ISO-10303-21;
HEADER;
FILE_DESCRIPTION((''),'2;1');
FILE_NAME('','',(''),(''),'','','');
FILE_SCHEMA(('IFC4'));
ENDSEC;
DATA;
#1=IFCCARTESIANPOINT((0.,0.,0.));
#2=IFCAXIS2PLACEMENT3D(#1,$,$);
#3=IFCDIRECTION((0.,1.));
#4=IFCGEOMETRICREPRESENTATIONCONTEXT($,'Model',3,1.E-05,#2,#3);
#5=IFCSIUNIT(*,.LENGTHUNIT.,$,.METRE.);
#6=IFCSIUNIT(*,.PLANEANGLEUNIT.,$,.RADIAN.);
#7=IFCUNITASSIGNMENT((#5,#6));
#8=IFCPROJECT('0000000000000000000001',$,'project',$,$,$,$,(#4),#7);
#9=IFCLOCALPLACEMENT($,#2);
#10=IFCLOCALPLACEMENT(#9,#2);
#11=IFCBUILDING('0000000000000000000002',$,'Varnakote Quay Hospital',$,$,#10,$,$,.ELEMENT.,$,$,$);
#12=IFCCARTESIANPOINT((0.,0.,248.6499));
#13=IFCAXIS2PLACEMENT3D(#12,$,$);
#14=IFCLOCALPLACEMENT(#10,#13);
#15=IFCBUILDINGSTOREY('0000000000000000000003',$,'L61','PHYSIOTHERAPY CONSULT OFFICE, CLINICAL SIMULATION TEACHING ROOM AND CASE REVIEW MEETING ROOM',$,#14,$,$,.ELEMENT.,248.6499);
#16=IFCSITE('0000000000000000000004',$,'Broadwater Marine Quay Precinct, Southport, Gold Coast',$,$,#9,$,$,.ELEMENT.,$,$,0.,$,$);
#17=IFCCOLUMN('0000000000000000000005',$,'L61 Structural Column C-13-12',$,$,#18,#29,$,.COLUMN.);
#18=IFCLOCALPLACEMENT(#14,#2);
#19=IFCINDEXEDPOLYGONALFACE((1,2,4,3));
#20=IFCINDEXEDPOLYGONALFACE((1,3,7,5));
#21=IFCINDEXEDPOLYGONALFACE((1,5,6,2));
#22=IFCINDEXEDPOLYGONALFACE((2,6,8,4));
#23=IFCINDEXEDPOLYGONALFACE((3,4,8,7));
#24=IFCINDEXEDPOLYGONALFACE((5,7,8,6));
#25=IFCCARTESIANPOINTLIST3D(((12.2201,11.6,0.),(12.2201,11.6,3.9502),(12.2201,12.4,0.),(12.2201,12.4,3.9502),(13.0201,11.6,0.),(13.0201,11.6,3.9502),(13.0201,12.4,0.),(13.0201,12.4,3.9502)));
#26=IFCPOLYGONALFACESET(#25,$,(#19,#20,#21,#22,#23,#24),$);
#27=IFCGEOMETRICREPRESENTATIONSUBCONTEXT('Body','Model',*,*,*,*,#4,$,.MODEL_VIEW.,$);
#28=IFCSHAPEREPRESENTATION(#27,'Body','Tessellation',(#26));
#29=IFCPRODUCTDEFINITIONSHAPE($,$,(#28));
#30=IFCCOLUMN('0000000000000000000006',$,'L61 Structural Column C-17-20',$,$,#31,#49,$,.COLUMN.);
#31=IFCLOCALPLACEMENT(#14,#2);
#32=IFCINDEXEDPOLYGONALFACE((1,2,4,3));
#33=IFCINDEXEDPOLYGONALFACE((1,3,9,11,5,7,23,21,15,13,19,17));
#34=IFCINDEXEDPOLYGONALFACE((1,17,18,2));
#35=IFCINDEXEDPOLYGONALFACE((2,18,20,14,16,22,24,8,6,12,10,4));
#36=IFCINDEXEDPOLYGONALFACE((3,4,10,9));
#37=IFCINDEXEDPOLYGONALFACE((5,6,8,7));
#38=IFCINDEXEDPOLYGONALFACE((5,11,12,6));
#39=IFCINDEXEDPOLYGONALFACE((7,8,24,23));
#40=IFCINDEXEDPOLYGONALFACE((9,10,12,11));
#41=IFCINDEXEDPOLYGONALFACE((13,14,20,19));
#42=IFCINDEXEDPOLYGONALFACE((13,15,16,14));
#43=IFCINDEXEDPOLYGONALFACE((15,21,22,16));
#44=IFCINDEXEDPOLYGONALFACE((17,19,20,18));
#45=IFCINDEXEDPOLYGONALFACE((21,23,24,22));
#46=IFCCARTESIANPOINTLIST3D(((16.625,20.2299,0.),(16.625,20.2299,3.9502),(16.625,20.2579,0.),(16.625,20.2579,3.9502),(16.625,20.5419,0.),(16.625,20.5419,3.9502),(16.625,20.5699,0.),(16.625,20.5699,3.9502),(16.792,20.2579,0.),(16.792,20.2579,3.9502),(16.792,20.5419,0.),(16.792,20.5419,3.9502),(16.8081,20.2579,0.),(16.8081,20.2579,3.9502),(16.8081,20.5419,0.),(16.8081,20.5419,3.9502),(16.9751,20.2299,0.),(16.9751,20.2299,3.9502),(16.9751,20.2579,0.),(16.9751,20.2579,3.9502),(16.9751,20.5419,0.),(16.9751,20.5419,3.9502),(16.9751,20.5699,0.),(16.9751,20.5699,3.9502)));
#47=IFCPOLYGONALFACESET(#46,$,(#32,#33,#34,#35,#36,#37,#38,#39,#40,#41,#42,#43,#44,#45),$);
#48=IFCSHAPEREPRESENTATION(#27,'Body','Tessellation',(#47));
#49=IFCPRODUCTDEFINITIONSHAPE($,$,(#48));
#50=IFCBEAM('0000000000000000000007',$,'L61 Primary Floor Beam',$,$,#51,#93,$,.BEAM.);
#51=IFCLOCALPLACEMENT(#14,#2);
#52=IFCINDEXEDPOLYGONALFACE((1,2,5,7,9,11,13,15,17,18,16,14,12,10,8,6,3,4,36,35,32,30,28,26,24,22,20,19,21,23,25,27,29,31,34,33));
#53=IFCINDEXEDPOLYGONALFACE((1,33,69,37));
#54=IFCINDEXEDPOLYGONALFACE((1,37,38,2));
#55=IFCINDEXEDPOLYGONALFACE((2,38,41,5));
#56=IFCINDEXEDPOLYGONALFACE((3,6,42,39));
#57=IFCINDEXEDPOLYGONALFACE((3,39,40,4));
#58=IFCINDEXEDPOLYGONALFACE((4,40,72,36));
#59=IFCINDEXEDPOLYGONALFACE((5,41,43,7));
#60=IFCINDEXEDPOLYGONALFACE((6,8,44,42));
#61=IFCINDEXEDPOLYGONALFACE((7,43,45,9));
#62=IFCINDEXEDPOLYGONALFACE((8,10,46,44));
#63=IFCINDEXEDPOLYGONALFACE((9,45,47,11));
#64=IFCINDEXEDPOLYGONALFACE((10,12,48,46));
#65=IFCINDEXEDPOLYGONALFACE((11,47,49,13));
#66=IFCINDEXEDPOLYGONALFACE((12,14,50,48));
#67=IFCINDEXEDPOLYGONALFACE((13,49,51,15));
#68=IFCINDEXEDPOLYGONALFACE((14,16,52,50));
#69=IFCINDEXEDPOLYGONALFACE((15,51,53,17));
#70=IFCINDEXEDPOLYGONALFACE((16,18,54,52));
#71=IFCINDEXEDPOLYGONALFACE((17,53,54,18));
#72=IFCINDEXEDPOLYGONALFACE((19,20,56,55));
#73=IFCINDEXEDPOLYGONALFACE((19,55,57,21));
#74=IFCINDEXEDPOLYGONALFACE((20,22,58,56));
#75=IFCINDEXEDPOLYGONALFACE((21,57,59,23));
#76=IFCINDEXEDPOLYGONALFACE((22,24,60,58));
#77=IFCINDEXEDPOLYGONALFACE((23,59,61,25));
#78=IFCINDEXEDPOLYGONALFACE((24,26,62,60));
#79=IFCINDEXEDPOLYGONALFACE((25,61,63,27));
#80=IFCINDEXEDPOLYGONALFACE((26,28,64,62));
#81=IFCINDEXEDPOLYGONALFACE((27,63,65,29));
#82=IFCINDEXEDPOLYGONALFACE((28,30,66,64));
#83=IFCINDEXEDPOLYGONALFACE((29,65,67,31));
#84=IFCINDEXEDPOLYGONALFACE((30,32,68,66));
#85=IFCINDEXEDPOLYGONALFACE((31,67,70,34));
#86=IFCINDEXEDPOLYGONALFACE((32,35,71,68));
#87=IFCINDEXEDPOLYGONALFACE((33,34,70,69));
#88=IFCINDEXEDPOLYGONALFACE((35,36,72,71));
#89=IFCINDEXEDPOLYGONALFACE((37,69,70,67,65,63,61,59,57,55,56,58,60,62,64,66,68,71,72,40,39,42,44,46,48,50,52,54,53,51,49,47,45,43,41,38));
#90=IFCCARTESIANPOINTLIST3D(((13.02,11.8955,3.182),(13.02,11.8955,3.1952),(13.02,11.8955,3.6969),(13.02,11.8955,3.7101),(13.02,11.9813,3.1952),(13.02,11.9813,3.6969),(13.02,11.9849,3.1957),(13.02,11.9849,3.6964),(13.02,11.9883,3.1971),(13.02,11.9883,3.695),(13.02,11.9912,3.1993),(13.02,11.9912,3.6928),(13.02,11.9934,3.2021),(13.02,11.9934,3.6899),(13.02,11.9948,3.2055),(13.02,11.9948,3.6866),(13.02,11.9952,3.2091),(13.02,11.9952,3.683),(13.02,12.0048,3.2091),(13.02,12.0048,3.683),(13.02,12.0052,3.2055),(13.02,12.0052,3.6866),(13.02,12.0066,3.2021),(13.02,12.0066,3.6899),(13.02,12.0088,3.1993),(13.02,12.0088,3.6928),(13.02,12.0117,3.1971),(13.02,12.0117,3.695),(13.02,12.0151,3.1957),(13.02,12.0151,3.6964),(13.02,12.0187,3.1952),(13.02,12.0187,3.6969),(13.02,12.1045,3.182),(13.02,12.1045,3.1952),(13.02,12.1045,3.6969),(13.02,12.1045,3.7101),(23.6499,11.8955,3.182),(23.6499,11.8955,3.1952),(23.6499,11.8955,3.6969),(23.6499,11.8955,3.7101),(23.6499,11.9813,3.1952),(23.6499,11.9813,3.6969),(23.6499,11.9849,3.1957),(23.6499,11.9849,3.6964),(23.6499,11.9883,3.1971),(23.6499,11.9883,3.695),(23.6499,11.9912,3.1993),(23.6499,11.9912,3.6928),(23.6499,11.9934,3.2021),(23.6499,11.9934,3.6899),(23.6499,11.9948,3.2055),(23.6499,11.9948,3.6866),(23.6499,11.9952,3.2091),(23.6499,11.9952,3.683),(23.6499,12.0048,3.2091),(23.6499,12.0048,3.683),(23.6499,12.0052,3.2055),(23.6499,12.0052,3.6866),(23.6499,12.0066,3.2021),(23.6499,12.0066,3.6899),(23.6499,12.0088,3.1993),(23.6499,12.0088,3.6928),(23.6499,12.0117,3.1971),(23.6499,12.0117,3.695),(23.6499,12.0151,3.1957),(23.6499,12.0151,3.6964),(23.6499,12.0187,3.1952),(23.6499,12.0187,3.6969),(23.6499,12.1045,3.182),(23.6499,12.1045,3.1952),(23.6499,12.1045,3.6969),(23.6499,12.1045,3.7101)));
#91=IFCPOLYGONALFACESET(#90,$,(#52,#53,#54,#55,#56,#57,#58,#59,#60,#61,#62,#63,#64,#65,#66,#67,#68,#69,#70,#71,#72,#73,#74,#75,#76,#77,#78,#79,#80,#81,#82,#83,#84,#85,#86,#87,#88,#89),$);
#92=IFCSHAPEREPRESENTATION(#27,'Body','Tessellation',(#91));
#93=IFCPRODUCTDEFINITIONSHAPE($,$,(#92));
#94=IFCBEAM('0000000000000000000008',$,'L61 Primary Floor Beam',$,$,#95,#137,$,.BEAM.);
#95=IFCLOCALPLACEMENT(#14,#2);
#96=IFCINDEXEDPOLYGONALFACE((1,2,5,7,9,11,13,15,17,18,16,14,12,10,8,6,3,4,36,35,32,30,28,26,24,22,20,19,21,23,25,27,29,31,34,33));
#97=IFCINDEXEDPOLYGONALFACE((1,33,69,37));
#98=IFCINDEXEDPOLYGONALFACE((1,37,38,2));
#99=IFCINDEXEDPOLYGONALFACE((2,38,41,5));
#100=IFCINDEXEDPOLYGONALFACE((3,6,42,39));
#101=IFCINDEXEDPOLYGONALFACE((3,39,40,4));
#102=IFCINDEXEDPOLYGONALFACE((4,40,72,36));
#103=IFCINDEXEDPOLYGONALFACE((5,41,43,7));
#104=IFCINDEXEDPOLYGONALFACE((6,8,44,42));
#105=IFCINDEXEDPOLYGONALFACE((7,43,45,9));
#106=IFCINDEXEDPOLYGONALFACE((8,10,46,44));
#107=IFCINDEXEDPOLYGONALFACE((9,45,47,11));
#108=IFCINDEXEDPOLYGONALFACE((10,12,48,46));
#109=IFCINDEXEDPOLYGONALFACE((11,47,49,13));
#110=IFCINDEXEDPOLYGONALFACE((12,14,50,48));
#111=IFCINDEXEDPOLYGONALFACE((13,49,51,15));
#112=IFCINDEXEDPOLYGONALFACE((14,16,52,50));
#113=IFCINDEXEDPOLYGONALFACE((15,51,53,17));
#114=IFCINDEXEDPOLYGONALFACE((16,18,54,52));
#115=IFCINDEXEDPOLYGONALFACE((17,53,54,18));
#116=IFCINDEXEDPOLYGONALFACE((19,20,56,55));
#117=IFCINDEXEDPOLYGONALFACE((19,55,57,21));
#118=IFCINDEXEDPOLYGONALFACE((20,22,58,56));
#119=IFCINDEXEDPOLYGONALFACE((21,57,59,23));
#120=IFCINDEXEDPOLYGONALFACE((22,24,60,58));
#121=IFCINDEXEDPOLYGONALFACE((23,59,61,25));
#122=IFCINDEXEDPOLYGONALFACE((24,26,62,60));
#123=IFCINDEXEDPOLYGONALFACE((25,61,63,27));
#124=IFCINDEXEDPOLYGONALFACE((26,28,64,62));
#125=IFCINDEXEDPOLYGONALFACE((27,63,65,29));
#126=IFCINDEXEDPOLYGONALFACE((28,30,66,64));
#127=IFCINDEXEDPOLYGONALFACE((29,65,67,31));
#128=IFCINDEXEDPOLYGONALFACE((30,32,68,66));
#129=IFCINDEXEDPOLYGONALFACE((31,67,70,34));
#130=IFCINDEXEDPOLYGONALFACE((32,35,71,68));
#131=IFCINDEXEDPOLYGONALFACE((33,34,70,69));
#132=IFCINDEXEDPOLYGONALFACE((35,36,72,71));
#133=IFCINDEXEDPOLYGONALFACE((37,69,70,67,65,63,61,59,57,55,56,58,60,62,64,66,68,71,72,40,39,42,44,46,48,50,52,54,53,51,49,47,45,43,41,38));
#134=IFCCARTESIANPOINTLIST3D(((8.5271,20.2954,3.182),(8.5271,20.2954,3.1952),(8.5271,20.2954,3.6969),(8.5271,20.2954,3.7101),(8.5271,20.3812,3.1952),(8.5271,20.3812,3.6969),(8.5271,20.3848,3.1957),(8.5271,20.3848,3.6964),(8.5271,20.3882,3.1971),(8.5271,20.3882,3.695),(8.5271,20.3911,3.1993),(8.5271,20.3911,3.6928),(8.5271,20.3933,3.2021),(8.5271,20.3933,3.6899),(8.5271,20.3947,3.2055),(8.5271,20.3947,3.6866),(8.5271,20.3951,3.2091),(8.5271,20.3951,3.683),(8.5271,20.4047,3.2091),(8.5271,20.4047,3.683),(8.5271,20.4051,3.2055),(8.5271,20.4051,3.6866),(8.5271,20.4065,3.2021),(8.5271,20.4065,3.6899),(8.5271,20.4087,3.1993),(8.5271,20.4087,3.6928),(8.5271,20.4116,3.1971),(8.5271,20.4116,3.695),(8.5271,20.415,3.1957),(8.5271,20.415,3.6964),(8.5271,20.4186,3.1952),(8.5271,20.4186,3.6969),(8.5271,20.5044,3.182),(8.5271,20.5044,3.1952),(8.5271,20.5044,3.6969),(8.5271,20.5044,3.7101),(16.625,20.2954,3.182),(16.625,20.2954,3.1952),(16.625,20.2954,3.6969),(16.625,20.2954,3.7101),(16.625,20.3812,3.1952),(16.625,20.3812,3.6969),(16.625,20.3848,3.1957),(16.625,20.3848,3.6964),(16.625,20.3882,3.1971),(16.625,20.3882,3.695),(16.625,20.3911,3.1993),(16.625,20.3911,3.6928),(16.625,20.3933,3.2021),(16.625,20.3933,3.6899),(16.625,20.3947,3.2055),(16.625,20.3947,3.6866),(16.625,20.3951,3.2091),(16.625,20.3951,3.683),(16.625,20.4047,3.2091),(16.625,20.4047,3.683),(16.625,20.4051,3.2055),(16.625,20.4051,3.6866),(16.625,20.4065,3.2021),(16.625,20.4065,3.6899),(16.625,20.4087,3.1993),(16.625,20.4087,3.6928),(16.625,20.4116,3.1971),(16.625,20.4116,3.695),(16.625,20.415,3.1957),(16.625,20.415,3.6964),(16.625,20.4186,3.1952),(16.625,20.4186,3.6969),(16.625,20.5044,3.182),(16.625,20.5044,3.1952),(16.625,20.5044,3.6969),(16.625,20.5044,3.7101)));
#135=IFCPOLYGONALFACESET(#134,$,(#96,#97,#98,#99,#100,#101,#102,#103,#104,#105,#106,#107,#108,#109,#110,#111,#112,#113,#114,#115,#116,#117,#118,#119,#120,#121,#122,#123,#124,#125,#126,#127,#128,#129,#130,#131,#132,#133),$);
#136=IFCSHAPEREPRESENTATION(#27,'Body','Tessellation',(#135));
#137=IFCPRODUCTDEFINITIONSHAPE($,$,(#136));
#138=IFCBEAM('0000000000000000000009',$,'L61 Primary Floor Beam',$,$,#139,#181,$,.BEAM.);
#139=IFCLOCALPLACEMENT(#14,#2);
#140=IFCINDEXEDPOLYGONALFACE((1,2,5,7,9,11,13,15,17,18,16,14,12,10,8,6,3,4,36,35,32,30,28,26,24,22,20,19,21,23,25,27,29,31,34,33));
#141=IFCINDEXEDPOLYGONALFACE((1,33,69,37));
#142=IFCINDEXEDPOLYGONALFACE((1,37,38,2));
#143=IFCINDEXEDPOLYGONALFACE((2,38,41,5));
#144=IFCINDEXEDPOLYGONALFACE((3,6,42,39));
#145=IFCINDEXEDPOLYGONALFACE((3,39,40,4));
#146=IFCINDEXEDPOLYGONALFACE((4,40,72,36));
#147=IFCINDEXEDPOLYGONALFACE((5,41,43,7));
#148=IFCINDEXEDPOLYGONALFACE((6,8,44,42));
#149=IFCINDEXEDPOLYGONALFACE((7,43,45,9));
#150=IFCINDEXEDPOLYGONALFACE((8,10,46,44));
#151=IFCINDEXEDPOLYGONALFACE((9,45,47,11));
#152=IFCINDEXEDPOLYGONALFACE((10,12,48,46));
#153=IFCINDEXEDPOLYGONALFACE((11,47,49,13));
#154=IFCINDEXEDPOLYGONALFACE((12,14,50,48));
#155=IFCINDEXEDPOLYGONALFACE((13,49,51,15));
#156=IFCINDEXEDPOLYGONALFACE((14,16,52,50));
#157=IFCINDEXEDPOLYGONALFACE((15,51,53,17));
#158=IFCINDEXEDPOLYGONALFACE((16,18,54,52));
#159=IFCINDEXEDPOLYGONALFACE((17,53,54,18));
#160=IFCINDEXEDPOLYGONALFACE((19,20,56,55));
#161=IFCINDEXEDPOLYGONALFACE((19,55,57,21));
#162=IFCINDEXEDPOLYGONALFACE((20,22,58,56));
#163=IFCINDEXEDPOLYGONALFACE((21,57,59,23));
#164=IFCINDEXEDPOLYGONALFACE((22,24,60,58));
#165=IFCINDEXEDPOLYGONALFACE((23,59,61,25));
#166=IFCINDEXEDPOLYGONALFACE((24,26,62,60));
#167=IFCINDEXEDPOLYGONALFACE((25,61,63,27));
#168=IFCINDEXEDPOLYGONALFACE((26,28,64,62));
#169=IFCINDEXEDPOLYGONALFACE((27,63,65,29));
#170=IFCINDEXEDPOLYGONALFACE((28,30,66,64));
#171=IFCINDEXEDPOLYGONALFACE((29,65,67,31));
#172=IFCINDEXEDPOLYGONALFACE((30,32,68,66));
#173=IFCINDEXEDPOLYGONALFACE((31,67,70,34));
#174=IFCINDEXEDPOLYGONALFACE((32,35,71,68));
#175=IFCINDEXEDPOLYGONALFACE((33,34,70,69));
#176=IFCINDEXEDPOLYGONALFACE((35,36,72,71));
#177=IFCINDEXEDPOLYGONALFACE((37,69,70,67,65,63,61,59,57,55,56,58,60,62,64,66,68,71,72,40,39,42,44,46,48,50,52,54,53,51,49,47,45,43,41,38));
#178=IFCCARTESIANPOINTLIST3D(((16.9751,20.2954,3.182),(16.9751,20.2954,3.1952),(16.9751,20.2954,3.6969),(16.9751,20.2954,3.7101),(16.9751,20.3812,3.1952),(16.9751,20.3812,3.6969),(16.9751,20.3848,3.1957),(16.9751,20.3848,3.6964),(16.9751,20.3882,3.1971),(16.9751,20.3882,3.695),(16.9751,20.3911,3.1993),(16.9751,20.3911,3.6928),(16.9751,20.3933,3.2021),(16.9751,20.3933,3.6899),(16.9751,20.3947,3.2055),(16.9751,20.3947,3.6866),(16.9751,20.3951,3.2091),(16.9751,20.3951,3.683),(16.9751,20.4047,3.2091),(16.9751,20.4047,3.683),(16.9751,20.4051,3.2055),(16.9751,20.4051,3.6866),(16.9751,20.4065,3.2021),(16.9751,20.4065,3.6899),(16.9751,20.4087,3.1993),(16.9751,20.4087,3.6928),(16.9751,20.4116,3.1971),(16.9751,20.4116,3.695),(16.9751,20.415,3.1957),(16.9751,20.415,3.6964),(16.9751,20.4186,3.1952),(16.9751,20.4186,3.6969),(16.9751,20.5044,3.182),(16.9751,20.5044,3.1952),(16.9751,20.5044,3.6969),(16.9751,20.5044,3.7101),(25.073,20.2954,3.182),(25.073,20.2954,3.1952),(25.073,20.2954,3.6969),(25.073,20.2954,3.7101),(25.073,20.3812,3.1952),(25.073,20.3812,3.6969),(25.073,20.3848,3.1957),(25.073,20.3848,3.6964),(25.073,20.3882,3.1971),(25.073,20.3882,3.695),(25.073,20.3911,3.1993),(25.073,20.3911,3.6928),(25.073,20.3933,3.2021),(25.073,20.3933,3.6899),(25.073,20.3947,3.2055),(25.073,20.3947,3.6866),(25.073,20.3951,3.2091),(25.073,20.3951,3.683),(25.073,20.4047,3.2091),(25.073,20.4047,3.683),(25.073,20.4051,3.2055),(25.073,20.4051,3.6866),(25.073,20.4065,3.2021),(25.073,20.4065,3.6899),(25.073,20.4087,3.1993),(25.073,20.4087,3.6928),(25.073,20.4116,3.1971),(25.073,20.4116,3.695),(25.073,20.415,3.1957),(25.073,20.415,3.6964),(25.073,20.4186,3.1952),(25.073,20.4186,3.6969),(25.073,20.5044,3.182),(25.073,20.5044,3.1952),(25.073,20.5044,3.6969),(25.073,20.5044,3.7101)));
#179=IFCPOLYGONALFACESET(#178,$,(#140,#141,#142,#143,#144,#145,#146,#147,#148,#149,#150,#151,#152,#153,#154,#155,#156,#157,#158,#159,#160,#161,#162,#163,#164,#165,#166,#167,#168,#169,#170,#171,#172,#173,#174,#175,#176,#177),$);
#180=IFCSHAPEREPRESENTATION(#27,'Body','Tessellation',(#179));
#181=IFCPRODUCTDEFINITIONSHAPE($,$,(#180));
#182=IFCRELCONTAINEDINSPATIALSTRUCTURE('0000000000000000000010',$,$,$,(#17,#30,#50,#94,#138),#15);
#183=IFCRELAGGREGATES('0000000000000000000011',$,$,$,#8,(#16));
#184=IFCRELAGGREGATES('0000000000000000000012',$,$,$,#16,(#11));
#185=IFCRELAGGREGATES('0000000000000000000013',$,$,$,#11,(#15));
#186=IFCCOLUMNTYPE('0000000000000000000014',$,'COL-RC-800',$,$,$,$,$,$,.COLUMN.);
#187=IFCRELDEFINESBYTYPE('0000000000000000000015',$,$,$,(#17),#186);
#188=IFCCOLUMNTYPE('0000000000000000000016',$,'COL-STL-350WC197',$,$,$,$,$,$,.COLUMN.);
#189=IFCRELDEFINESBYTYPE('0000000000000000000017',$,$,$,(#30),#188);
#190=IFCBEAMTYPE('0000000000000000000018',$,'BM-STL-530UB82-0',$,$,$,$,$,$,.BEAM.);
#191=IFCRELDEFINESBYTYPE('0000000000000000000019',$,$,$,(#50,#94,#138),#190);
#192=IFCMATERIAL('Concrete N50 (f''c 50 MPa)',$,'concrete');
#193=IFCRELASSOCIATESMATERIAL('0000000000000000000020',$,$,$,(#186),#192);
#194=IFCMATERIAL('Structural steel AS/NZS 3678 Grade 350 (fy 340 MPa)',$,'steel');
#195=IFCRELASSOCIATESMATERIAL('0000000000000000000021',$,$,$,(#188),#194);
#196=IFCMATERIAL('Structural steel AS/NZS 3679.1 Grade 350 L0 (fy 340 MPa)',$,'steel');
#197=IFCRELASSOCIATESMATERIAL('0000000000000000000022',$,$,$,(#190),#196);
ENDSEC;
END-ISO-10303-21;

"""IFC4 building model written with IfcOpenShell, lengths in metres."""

from ifc_helpers import new_model, si_unit, direction, frame, origin, origin_2d, place, context, subcontext, project, spatial, rectangle, i_section, extrude, material, material_profile, profile_set, type_object, element, save


model = new_model("IFC4")

# Units and contexts
model_context = context("Model", 3, precision=1e-05, world=origin(), true_north=direction((0.0, 1.0)))
body_context = subcontext(model_context, "Body", "Model", "MODEL_VIEW")
ifc_project = project(units=[si_unit("LENGTHUNIT", "METRE"), si_unit("PLANEANGLEUNIT", "RADIAN")], contexts=[model_context])

# Site, building, storey
site_placement = place(None, origin())
site = spatial("IfcSite", under=ifc_project, at=site_placement, Name="Broadwater Marine Quay Precinct, Southport, Gold Coast", CompositionType="ELEMENT", RefElevation=0.0)
building_placement = place(site_placement, origin())
building = spatial("IfcBuilding", under=site, at=building_placement, Name="Varnakote Quay Hospital", CompositionType="ELEMENT")
storey_placement = place(building_placement, frame((0.0, 0.0, 248.6499)))
storey = spatial("IfcBuildingStorey", under=building, at=storey_placement, Name="L61", Description="PHYSIOTHERAPY CONSULT OFFICE, CLINICAL SIMULATION TEACHING ROOM AND CASE REVIEW MEETING ROOM", CompositionType="ELEMENT", Elevation=248.6499)

# Columns
ifc_material_1 = material(Name="Concrete N50 (f'c 50 MPa)", Category="concrete")
ifc_material_profile_1 = material_profile(ifc_material_1, rectangle(XDim=0.8, YDim=0.8, at=origin_2d()), Name="RC-COL-800x800")
ifc_profile_set_1 = profile_set([ifc_material_profile_1], Name="Concrete N50 (f'c 50 MPa)")
column_type_1 = type_object("IfcColumnType", Name="COL-RC-800", PredefinedType="COLUMN", material=ifc_profile_set_1)
column_1_placement = place(storey_placement, frame((12.6201, 12.0, 0.0), z_axis=(0.0, 0.0, 1.0), x_axis=(1.0, 0.0, 0.0)))
element("IfcColumn", 1, at=column_1_placement, inside=storey, type_object=column_type_1, Name="L61 Structural Column C-13-12", PredefinedType="COLUMN", context=body_context, shape_type="SweptSolid", body=[
    extrude(rectangle(XDim=0.8, YDim=0.8, at=origin_2d()), origin(), (0.0, 0.0, 1.0), 3.9502),
])
ifc_material_2 = material(Name="Structural steel AS/NZS 3678 Grade 350 (fy 340 MPa)", Category="steel")
ifc_material_profile_2 = material_profile(ifc_material_2, i_section(OverallWidth=0.3501, OverallDepth=0.3401, WebThickness=0.0161, FlangeThickness=0.0281, at=origin_2d()), Name="350WC197")
ifc_profile_set_2 = profile_set([ifc_material_profile_2], Name="Structural steel AS/NZS 3678 Grade 350 (fy 340 MPa)")
column_type_2 = type_object("IfcColumnType", Name="COL-STL-350WC197", PredefinedType="COLUMN", material=ifc_profile_set_2)
column_2_placement = place(storey_placement, frame((16.8, 20.3999, 0.0), z_axis=(0.0, 0.0, 1.0), x_axis=(1.0, 0.0, 0.0)))
element("IfcColumn", 2, at=column_2_placement, inside=storey, type_object=column_type_2, Name="L61 Structural Column C-17-20", PredefinedType="COLUMN", context=body_context, shape_type="SweptSolid", body=[
    extrude(i_section(OverallWidth=0.3501, OverallDepth=0.3401, WebThickness=0.0161, FlangeThickness=0.0281, at=origin_2d()), origin(), (0.0, 0.0, 1.0), 3.9502),
])

# Beams
ifc_material_3 = material(Name="Structural steel AS/NZS 3679.1 Grade 350 L0 (fy 340 MPa)", Category="steel")
ifc_material_profile_3 = material_profile(ifc_material_3, i_section(OverallWidth=0.209, OverallDepth=0.5281, WebThickness=0.0095, FlangeThickness=0.0132, FilletRadius=0.0139, at=origin_2d()), Name="530UB82.0")
ifc_profile_set_3 = profile_set([ifc_material_profile_3], Name="Structural steel AS/NZS 3679.1 Grade 350 L0 (fy 340 MPa)")
beam_type = type_object("IfcBeamType", Name="BM-STL-530UB82-0", PredefinedType="BEAM", material=ifc_profile_set_3)
beam_1_placement = place(storey_placement, frame((13.02, 12.0, 3.446), z_axis=(1.0, 0.0, 0.0), x_axis=(0.0, 1.0, 0.0)))
element("IfcBeam", 3, at=beam_1_placement, inside=storey, type_object=beam_type, Name="L61 Primary Floor Beam", PredefinedType="BEAM", context=body_context, shape_type="SweptSolid", body=[
    extrude(i_section(OverallWidth=0.209, OverallDepth=0.5281, WebThickness=0.0095, FlangeThickness=0.0132, FilletRadius=0.0139, at=origin_2d()), origin(), (0.0, 0.0, 1.0), 10.6299),
])
for number, where, z_axis, x_axis, name in (
    (4, (8.5271, 20.3999, 3.446), (1.0, 0.0, 0.0), (0.0, 1.0, 0.0), "L61 Primary Floor Beam"),
    (5, (16.9751, 20.3999, 3.446), (1.0, 0.0, 0.0), (0.0, 1.0, 0.0), "L61 Primary Floor Beam"),
):
    element("IfcBeam", number, at=place(storey_placement, frame(where, z_axis=z_axis, x_axis=x_axis)), inside=storey, type_object=beam_type, Name=name, PredefinedType="BEAM", context=body_context, shape_type="SweptSolid", body=[
        extrude(i_section(OverallWidth=0.209, OverallDepth=0.5281, WebThickness=0.0095, FlangeThickness=0.0132, FilletRadius=0.0139, at=origin_2d()), origin(), (0.0, 0.0, 1.0), 8.0979),
    ])

save(model, "model.ifc")
